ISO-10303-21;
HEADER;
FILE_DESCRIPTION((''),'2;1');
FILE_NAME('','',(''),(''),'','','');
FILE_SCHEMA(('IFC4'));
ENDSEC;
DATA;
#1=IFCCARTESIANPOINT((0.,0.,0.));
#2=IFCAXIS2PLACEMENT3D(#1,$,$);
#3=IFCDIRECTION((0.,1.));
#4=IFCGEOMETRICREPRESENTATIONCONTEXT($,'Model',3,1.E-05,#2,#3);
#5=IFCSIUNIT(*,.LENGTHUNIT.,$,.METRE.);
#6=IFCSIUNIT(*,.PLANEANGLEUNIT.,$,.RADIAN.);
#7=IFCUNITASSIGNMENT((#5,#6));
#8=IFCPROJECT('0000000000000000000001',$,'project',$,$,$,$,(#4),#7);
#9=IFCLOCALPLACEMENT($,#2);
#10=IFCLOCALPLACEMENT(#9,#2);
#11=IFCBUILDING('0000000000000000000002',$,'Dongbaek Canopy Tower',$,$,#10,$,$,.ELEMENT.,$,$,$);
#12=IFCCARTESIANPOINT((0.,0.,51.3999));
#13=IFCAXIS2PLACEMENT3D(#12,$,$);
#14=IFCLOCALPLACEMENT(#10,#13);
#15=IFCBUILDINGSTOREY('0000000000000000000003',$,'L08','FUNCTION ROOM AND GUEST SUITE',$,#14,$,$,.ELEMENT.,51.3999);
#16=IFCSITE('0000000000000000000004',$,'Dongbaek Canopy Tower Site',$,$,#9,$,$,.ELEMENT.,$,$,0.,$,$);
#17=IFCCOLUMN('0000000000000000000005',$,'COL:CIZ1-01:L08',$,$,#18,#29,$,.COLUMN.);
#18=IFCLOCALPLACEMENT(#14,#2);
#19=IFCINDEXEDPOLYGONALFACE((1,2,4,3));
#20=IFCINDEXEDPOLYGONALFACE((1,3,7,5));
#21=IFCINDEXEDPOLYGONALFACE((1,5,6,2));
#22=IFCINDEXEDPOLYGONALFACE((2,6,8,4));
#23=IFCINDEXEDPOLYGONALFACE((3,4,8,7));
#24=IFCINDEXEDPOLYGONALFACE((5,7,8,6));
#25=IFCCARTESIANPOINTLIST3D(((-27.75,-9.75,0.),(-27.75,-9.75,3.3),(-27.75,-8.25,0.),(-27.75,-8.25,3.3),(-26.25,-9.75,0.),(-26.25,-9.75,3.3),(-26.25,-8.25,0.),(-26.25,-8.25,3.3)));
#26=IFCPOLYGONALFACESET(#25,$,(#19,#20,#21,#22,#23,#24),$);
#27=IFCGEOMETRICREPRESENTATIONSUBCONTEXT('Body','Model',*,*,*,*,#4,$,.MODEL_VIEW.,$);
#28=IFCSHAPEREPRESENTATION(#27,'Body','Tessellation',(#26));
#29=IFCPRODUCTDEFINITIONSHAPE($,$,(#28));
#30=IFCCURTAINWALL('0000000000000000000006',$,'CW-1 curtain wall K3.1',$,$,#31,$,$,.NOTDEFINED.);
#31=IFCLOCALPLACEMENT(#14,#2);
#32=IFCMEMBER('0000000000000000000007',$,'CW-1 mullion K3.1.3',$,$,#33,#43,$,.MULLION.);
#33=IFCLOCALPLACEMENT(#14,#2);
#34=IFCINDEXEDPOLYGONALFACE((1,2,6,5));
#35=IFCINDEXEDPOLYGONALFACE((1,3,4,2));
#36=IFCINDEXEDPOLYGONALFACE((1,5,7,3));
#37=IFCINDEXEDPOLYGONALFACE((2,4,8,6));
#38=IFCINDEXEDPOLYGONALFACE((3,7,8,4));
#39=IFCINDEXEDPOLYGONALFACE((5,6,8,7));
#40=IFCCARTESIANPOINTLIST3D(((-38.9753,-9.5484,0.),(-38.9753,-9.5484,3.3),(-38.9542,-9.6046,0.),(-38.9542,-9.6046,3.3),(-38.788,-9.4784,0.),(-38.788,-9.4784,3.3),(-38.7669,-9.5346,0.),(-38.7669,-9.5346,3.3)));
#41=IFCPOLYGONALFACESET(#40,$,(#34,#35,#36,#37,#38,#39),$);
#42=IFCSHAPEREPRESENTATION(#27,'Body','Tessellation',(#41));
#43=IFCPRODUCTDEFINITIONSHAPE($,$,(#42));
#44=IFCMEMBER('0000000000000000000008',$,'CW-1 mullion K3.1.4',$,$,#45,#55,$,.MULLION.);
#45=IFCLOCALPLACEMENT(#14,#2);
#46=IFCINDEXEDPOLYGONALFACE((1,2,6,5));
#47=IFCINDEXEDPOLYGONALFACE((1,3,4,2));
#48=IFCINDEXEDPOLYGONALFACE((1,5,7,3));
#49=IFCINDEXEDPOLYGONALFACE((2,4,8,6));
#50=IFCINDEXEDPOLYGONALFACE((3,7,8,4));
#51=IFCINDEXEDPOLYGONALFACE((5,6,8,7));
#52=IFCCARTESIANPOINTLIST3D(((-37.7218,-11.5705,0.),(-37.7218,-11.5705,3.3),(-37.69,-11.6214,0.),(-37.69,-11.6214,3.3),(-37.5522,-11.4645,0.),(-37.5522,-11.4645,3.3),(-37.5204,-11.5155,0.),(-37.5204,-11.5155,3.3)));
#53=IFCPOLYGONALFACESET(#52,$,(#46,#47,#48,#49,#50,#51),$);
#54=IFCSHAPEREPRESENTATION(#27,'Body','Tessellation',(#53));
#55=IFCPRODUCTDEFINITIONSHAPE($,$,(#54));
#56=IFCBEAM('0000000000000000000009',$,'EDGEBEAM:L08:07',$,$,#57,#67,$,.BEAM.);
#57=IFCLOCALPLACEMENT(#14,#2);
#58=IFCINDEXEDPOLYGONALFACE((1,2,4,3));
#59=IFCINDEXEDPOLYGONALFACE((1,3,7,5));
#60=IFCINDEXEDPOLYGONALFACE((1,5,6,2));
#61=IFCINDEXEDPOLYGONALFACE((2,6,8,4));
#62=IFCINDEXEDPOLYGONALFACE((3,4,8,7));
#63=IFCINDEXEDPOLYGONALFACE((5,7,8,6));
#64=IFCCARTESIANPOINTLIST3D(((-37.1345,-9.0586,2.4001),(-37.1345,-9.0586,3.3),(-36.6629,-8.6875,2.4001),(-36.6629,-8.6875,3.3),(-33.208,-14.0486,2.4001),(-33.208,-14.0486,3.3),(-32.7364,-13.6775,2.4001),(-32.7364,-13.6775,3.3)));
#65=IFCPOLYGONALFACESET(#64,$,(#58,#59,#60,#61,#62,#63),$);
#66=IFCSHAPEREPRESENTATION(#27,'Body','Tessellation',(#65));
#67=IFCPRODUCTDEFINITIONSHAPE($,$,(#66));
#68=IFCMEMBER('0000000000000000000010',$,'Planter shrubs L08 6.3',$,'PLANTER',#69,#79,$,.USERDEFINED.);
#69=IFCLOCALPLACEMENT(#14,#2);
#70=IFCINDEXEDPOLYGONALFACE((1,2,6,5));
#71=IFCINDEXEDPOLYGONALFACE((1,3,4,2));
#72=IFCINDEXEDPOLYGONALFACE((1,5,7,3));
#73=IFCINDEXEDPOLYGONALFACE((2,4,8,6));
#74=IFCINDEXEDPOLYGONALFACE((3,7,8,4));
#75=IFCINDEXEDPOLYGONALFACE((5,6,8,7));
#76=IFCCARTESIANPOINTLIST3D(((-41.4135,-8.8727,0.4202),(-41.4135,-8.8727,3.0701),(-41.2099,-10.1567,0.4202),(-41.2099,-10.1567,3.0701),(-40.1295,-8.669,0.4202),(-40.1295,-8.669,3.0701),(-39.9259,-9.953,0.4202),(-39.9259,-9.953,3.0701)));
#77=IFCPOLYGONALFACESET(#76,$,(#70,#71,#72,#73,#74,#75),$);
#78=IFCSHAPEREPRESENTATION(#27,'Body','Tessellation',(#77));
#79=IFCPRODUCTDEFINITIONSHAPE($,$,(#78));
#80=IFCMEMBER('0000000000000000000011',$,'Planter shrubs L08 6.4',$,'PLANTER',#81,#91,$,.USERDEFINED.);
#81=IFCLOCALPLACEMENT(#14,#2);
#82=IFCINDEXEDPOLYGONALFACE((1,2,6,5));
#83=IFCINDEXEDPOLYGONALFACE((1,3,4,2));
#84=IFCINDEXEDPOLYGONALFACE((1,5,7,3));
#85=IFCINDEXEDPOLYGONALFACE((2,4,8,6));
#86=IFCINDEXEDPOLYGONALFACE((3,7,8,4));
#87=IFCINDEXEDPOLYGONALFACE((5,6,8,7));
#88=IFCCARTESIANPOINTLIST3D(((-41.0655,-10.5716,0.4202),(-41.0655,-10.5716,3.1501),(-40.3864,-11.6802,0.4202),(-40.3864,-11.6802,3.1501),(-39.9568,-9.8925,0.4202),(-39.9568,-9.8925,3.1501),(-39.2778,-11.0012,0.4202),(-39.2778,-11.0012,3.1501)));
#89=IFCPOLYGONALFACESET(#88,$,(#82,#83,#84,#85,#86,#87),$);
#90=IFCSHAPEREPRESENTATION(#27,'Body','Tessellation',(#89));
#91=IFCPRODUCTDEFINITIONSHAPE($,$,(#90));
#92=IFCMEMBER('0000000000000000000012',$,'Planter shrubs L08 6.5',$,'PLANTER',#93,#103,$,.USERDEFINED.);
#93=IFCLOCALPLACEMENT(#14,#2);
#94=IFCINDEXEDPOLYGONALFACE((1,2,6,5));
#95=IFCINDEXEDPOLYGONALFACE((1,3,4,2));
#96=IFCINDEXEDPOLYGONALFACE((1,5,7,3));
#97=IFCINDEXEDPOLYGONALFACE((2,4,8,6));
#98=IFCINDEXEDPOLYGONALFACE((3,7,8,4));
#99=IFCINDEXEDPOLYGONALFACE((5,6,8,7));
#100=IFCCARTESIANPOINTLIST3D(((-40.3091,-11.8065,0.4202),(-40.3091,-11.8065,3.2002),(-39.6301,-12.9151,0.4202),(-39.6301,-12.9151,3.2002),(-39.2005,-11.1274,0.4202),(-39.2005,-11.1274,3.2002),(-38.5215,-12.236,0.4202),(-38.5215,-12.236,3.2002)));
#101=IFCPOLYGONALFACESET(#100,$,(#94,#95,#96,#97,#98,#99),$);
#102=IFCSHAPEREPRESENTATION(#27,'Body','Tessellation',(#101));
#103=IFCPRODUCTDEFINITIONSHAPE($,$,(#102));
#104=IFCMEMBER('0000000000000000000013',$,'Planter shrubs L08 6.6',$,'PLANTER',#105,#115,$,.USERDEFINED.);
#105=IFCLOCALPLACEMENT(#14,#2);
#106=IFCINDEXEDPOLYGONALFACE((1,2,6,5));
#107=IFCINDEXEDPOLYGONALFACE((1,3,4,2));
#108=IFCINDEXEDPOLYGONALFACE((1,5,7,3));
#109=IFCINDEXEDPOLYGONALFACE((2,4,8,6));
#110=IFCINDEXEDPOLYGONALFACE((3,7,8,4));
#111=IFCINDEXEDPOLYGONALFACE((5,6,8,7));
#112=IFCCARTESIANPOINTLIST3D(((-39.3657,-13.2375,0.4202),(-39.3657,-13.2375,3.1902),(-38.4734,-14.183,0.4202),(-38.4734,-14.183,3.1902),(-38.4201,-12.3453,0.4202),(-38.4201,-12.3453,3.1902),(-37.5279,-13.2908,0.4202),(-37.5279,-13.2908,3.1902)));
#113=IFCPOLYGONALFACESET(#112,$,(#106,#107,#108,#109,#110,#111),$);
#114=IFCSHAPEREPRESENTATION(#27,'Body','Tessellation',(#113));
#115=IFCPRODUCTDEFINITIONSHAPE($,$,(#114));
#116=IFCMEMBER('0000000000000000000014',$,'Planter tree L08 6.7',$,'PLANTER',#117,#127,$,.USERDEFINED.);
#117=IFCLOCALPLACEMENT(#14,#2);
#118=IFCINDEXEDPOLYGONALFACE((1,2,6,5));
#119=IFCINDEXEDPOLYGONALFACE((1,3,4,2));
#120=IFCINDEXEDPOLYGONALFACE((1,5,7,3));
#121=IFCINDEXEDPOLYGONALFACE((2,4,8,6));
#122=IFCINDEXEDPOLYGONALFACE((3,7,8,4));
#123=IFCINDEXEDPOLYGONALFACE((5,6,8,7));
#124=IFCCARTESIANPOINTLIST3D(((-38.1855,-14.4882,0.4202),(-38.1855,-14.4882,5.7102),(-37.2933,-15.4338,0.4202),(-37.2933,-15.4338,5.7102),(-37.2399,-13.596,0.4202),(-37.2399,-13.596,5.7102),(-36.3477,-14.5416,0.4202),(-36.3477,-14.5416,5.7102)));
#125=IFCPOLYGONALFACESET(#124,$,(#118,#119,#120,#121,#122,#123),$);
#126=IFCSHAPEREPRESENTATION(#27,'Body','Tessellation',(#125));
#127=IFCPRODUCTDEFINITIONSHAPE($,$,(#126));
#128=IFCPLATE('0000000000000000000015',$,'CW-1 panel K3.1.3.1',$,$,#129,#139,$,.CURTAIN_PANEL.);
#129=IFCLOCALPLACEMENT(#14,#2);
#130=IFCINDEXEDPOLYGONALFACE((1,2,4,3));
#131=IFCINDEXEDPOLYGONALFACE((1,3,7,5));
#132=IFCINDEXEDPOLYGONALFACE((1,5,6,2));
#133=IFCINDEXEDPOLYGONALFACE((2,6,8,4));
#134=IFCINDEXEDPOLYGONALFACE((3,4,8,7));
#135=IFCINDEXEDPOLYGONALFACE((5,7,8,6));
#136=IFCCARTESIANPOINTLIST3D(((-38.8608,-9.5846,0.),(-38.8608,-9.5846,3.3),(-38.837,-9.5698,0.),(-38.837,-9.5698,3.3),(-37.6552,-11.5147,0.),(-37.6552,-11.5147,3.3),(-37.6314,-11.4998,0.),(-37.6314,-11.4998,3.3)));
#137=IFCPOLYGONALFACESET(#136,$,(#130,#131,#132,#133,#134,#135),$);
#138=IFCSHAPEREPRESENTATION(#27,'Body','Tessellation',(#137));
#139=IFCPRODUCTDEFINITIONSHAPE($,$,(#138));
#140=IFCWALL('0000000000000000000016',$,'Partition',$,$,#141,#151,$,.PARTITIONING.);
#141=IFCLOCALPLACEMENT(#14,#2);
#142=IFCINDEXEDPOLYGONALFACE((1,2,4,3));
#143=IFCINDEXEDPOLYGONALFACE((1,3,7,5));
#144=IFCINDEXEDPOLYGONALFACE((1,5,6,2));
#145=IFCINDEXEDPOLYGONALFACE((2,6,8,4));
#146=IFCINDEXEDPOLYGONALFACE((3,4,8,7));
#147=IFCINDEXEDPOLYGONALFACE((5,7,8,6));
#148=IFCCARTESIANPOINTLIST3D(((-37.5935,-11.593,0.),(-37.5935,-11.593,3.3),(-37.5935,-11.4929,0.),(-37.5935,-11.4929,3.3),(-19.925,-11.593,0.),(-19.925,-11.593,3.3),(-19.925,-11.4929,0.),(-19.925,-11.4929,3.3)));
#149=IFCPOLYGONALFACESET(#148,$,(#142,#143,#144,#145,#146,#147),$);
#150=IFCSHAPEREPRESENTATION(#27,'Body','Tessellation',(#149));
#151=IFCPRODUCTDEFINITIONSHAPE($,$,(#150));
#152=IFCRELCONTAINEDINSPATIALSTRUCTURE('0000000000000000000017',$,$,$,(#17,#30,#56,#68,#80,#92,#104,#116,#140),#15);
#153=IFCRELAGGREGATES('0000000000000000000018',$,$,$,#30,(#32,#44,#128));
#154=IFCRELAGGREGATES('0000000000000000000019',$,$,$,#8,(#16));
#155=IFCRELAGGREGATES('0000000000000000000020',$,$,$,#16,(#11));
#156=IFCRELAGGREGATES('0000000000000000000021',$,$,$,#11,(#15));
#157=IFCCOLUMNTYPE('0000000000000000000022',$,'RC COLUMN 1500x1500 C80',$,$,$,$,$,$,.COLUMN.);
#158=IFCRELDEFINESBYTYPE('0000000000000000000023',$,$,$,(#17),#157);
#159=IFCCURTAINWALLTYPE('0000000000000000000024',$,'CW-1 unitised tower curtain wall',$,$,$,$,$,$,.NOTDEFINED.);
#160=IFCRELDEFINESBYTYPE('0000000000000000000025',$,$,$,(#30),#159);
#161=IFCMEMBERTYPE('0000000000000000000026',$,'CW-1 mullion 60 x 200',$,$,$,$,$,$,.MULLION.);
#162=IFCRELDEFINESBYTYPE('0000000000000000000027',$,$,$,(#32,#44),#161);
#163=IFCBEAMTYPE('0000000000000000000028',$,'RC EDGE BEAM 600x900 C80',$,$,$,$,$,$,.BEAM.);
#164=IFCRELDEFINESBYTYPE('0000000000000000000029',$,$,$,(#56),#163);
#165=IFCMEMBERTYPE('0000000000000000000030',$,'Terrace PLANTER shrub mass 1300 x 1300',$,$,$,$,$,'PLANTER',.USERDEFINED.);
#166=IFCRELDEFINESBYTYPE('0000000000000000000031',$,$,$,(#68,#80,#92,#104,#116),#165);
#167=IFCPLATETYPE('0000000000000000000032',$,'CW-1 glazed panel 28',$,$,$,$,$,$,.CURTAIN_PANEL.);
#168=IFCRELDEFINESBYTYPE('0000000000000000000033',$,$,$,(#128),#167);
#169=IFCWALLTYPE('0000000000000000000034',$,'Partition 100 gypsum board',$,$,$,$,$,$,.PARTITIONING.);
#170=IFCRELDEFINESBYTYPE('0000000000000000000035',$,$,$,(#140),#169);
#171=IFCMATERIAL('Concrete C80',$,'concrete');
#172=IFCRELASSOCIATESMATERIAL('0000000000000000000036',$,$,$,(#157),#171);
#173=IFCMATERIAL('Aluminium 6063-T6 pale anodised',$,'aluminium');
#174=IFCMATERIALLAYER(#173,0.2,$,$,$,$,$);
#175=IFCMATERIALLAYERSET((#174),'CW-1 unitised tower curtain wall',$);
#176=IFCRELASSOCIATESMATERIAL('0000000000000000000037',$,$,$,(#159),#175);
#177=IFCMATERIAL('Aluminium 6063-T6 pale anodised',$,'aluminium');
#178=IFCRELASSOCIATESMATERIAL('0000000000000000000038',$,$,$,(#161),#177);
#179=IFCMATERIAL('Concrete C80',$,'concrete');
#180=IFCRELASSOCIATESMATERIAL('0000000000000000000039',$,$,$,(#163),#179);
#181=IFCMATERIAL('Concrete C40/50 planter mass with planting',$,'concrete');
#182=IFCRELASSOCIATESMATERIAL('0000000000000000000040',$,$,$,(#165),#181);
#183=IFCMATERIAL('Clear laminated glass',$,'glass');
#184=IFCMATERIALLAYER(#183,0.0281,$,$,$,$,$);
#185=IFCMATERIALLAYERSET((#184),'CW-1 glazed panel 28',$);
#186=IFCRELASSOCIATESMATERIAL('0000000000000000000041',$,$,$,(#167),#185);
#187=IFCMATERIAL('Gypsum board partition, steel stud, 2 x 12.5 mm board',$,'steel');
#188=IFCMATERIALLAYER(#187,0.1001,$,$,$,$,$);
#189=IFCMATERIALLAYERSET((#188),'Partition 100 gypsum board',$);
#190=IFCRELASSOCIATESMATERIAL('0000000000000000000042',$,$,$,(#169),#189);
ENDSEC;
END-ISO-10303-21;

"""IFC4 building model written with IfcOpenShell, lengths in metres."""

from ifc_helpers import new_model, si_unit, direction, frame, frame_2d, origin, origin_2d, place, context, subcontext, project, spatial, rectangle, extrude, material, layer, layer_set, material_profile, profile_set, type_object, element, aggregate, save


model = new_model("IFC4")

# Units and contexts
model_context = context("Model", 3, precision=1e-05, world=origin(), true_north=direction((0.0, 1.0)))
body_context = subcontext(model_context, "Body", "Model", "MODEL_VIEW")
ifc_project = project(units=[si_unit("LENGTHUNIT", "METRE"), si_unit("PLANEANGLEUNIT", "RADIAN")], contexts=[model_context])

# Site, building, storey
site_placement = place(None, origin())
site = spatial("IfcSite", under=ifc_project, at=site_placement, Name="Dongbaek Canopy Tower Site", CompositionType="ELEMENT", RefElevation=0.0)
building_placement = place(site_placement, origin())
building = spatial("IfcBuilding", under=site, at=building_placement, Name="Dongbaek Canopy Tower", CompositionType="ELEMENT")
storey_placement = place(building_placement, frame((0.0, 0.0, 51.3999)))
storey = spatial("IfcBuildingStorey", under=building, at=storey_placement, Name="L08", Description="FUNCTION ROOM AND GUEST SUITE", CompositionType="ELEMENT", Elevation=51.3999)

# Column
ifc_material_1 = material(Name="Concrete C80", Category="concrete")
ifc_material_profile_1 = material_profile(ifc_material_1, rectangle(XDim=1.5, YDim=1.5, at=origin_2d()), Name="RC COLUMN 1500x1500 C80")
ifc_profile_set_1 = profile_set([ifc_material_profile_1], Name="Concrete C80")
column_type = type_object("IfcColumnType", Name="RC COLUMN 1500x1500 C80", PredefinedType="COLUMN", material=ifc_profile_set_1)
column_placement = place(storey_placement, frame((-27.0, -9.0, 0.0), z_axis=(0.0, 0.0, 1.0), x_axis=(1.0, 0.0, 0.0)))
element("IfcColumn", 1, at=column_placement, inside=storey, type_object=column_type, Name="COL:CIZ1-01:L08", PredefinedType="COLUMN", context=body_context, shape_type="SweptSolid", body=[
    extrude(rectangle(XDim=1.5, YDim=1.5, at=origin_2d()), origin(), (0.0, 0.0, 1.0), 3.3),
])

# Curtain wall, members
ifc_material_2 = material(Name="Aluminium 6063-T6 pale anodised", Category="aluminium")
ifc_layer_1 = layer(ifc_material_2, 0.2)
ifc_layer_set_1 = layer_set([ifc_layer_1], Name="CW-1 unitised tower curtain wall")
curtain_wall_type = type_object("IfcCurtainWallType", Name="CW-1 unitised tower curtain wall", PredefinedType="NOTDEFINED", material=ifc_layer_set_1)
curtain_wall_placement = place(storey_placement, origin())
curtain_wall = element("IfcCurtainWall", 2, at=curtain_wall_placement, inside=storey, type_object=curtain_wall_type, Name="CW-1 curtain wall K3.1", PredefinedType="NOTDEFINED")
ifc_material_3 = material(Name="Aluminium 6063-T6 pale anodised", Category="aluminium")
ifc_material_profile_2 = material_profile(ifc_material_3, rectangle(XDim=0.2, YDim=0.0601, at=origin_2d()), Name="CW-1 mullion 60 x 200")
ifc_profile_set_2 = profile_set([ifc_material_profile_2], Name="Aluminium 6063-T6 pale anodised")
member_type_1 = type_object("IfcMemberType", Name="CW-1 mullion 60 x 200", PredefinedType="MULLION", material=ifc_profile_set_2)
member_1_placement = place(storey_placement, frame((-38.8711, -9.5415, 0.0), z_axis=(0.0, 0.0, 1.0), x_axis=(-0.936665, -0.350228, 0.0)))
member_1 = element("IfcMember", 3, at=member_1_placement, type_object=member_type_1, Name="CW-1 mullion K3.1.3", PredefinedType="MULLION", context=body_context, shape_type="SweptSolid", body=[
    extrude(rectangle(XDim=0.2, YDim=0.0601, at=origin_2d()), origin(), (0.0, 0.0, 1.0), 3.3),
])
member_2_placement = place(storey_placement, frame((-37.6211, -11.543, 0.0), z_axis=(0.0, 0.0, 1.0), x_axis=(-0.848139, -0.529773, 0.0)))
member_2 = element("IfcMember", 4, at=member_2_placement, type_object=member_type_1, Name="CW-1 mullion K3.1.4", PredefinedType="MULLION", context=body_context, shape_type="SweptSolid", body=[
    extrude(rectangle(XDim=0.2, YDim=0.0601, at=origin_2d()), origin(), (0.0, 0.0, 1.0), 3.3),
])

# Beam
ifc_material_4 = material(Name="Concrete C80", Category="concrete")
ifc_material_profile_3 = material_profile(ifc_material_4, rectangle(XDim=0.6001, YDim=0.8999, at=origin_2d()), Name="RC EDGE BEAM 600x900 C80")
ifc_profile_set_3 = profile_set([ifc_material_profile_3], Name="Concrete C80")
beam_type = type_object("IfcBeamType", Name="RC EDGE BEAM 600x900 C80", PredefinedType="BEAM", material=ifc_profile_set_3)
beam_placement = place(storey_placement, frame((-32.9722, -13.863, 2.8501), z_axis=(-0.618387, 0.785874, 0.0), x_axis=(-0.785874, -0.618387, 0.0)))
element("IfcBeam", 5, at=beam_placement, inside=storey, type_object=beam_type, Name="EDGEBEAM:L08:07", PredefinedType="BEAM", context=body_context, shape_type="SweptSolid", body=[
    extrude(rectangle(XDim=0.6001, YDim=0.8999, at=origin_2d()), origin(), (0.0, 0.0, 1.0), 6.3496),
])

# Members
ifc_material_5 = material(Name="Concrete C40/50 planter mass with planting", Category="concrete")
ifc_material_profile_4 = material_profile(ifc_material_5, rectangle(XDim=1.3, YDim=1.3, at=origin_2d()), Name="Terrace PLANTER shrub mass 1300 x 1300")
ifc_profile_set_4 = profile_set([ifc_material_profile_4], Name="Concrete C40/50 planter mass with planting")
member_type_2 = type_object("IfcMemberType", Name="Terrace PLANTER shrub mass 1300 x 1300", ElementType="PLANTER", PredefinedType="USERDEFINED", material=ifc_profile_set_4)
member_3_placement = place(storey_placement, frame((-40.6697, -9.4128, 0.4202), z_axis=(0.0, 0.0, 1.0), x_axis=(-0.987655, -0.156648, 0.0)))
element("IfcMember", 6, at=member_3_placement, inside=storey, type_object=member_type_2, Name="Planter shrubs L08 6.3", ObjectType="PLANTER", PredefinedType="USERDEFINED", context=body_context, shape_type="SweptSolid", body=[
    extrude(rectangle(XDim=1.3, YDim=1.3, at=origin_2d()), origin(), (0.0, 0.0, 1.0), 2.6499),
])
member_4_placement = place(storey_placement, frame((-40.1716, -10.7864, 0.4202), z_axis=(0.0, 0.0, 1.0), x_axis=(-0.852749, -0.522321, 0.0)))
element("IfcMember", 7, at=member_4_placement, inside=storey, type_object=member_type_2, Name="Planter shrubs L08 6.4", ObjectType="PLANTER", PredefinedType="USERDEFINED", context=body_context, shape_type="SweptSolid", body=[
    extrude(rectangle(XDim=1.3, YDim=1.3, at=origin_2d()), origin(), (0.0, 0.0, 1.0), 2.73),
])
member_5_placement = place(storey_placement, frame((-39.4153, -12.0212, 0.4202), z_axis=(0.0, 0.0, 1.0), x_axis=(-0.852749, -0.522321, 0.0)))
element("IfcMember", 8, at=member_5_placement, inside=storey, type_object=member_type_2, Name="Planter shrubs L08 6.5", ObjectType="PLANTER", PredefinedType="USERDEFINED", context=body_context, shape_type="SweptSolid", body=[
    extrude(rectangle(XDim=1.3, YDim=1.3, at=origin_2d()), origin(), (0.0, 0.0, 1.0), 2.78),
])
member_6_placement = place(storey_placement, frame((-38.4468, -13.2642, 0.4202), z_axis=(0.0, 0.0, 1.0), x_axis=(-0.727322, -0.686296, 0.0)))
element("IfcMember", 9, at=member_6_placement, inside=storey, type_object=member_type_2, Name="Planter shrubs L08 6.6", ObjectType="PLANTER", PredefinedType="USERDEFINED", context=body_context, shape_type="SweptSolid", body=[
    extrude(rectangle(XDim=1.3, YDim=1.3, at=origin_2d()), origin(), (0.0, 0.0, 1.0), 2.77),
])
member_7_placement = place(storey_placement, frame((-37.2666, -14.5149, 0.4202), z_axis=(0.0, 0.0, 1.0), x_axis=(-0.727322, -0.686296, 0.0)))
element("IfcMember", 10, at=member_7_placement, inside=storey, type_object=member_type_2, Name="Planter tree L08 6.7", ObjectType="PLANTER", PredefinedType="USERDEFINED", context=body_context, shape_type="SweptSolid", body=[
    extrude(rectangle(XDim=1.3, YDim=1.3, at=origin_2d()), origin(), (0.0, 0.0, 1.0), 5.29),
])

# Plate
ifc_material_6 = material(Name="Clear laminated glass", Category="glass")
ifc_layer_2 = layer(ifc_material_6, 0.0281)
ifc_layer_set_2 = layer_set([ifc_layer_2], Name="CW-1 glazed panel 28")
plate_type = type_object("IfcPlateType", Name="CW-1 glazed panel 28", PredefinedType="CURTAIN_PANEL", material=ifc_layer_set_2)
plate_placement = place(storey_placement, frame((-38.2461, -10.5422, 0.0), z_axis=(0.0, 0.0, 1.0), x_axis=(0.529773, -0.848139, 0.0)))
plate = element("IfcPlate", 11, at=plate_placement, type_object=plate_type, Name="CW-1 panel K3.1.3.1", PredefinedType="CURTAIN_PANEL", context=body_context, shape_type="SweptSolid", body=[
    extrude(rectangle(XDim=2.2756, YDim=0.0281, at=origin_2d()), origin(), (0.0, 0.0, 1.0), 3.3),
])
aggregate(curtain_wall, [member_1, member_2, plate])

# Wall
ifc_material_7 = material(Name="Gypsum board partition, steel stud, 2 x 12.5 mm board", Category="steel")
ifc_layer_3 = layer(ifc_material_7, 0.1001)
ifc_layer_set_3 = layer_set([ifc_layer_3], Name="Partition 100 gypsum board")
wall_type_1 = type_object("IfcWallType", Name="Partition 100 gypsum board", PredefinedType="PARTITIONING", material=ifc_layer_set_3)
wall_1_placement = place(storey_placement, frame((-37.5935, -11.543, 0.0), z_axis=(0.0, 0.0, 1.0), x_axis=(1.0, 0.0, 0.0)))
element("IfcWall", 12, at=wall_1_placement, inside=storey, type_object=wall_type_1, Name="Partition", PredefinedType="PARTITIONING", context=body_context, shape_type="SweptSolid", body=[
    extrude(rectangle(XDim=17.6685, YDim=0.1001, at=frame_2d((8.8342, 0.0))), origin(), (0.0, 0.0, 1.0), 3.3),
])

save(model, "model.ifc")
